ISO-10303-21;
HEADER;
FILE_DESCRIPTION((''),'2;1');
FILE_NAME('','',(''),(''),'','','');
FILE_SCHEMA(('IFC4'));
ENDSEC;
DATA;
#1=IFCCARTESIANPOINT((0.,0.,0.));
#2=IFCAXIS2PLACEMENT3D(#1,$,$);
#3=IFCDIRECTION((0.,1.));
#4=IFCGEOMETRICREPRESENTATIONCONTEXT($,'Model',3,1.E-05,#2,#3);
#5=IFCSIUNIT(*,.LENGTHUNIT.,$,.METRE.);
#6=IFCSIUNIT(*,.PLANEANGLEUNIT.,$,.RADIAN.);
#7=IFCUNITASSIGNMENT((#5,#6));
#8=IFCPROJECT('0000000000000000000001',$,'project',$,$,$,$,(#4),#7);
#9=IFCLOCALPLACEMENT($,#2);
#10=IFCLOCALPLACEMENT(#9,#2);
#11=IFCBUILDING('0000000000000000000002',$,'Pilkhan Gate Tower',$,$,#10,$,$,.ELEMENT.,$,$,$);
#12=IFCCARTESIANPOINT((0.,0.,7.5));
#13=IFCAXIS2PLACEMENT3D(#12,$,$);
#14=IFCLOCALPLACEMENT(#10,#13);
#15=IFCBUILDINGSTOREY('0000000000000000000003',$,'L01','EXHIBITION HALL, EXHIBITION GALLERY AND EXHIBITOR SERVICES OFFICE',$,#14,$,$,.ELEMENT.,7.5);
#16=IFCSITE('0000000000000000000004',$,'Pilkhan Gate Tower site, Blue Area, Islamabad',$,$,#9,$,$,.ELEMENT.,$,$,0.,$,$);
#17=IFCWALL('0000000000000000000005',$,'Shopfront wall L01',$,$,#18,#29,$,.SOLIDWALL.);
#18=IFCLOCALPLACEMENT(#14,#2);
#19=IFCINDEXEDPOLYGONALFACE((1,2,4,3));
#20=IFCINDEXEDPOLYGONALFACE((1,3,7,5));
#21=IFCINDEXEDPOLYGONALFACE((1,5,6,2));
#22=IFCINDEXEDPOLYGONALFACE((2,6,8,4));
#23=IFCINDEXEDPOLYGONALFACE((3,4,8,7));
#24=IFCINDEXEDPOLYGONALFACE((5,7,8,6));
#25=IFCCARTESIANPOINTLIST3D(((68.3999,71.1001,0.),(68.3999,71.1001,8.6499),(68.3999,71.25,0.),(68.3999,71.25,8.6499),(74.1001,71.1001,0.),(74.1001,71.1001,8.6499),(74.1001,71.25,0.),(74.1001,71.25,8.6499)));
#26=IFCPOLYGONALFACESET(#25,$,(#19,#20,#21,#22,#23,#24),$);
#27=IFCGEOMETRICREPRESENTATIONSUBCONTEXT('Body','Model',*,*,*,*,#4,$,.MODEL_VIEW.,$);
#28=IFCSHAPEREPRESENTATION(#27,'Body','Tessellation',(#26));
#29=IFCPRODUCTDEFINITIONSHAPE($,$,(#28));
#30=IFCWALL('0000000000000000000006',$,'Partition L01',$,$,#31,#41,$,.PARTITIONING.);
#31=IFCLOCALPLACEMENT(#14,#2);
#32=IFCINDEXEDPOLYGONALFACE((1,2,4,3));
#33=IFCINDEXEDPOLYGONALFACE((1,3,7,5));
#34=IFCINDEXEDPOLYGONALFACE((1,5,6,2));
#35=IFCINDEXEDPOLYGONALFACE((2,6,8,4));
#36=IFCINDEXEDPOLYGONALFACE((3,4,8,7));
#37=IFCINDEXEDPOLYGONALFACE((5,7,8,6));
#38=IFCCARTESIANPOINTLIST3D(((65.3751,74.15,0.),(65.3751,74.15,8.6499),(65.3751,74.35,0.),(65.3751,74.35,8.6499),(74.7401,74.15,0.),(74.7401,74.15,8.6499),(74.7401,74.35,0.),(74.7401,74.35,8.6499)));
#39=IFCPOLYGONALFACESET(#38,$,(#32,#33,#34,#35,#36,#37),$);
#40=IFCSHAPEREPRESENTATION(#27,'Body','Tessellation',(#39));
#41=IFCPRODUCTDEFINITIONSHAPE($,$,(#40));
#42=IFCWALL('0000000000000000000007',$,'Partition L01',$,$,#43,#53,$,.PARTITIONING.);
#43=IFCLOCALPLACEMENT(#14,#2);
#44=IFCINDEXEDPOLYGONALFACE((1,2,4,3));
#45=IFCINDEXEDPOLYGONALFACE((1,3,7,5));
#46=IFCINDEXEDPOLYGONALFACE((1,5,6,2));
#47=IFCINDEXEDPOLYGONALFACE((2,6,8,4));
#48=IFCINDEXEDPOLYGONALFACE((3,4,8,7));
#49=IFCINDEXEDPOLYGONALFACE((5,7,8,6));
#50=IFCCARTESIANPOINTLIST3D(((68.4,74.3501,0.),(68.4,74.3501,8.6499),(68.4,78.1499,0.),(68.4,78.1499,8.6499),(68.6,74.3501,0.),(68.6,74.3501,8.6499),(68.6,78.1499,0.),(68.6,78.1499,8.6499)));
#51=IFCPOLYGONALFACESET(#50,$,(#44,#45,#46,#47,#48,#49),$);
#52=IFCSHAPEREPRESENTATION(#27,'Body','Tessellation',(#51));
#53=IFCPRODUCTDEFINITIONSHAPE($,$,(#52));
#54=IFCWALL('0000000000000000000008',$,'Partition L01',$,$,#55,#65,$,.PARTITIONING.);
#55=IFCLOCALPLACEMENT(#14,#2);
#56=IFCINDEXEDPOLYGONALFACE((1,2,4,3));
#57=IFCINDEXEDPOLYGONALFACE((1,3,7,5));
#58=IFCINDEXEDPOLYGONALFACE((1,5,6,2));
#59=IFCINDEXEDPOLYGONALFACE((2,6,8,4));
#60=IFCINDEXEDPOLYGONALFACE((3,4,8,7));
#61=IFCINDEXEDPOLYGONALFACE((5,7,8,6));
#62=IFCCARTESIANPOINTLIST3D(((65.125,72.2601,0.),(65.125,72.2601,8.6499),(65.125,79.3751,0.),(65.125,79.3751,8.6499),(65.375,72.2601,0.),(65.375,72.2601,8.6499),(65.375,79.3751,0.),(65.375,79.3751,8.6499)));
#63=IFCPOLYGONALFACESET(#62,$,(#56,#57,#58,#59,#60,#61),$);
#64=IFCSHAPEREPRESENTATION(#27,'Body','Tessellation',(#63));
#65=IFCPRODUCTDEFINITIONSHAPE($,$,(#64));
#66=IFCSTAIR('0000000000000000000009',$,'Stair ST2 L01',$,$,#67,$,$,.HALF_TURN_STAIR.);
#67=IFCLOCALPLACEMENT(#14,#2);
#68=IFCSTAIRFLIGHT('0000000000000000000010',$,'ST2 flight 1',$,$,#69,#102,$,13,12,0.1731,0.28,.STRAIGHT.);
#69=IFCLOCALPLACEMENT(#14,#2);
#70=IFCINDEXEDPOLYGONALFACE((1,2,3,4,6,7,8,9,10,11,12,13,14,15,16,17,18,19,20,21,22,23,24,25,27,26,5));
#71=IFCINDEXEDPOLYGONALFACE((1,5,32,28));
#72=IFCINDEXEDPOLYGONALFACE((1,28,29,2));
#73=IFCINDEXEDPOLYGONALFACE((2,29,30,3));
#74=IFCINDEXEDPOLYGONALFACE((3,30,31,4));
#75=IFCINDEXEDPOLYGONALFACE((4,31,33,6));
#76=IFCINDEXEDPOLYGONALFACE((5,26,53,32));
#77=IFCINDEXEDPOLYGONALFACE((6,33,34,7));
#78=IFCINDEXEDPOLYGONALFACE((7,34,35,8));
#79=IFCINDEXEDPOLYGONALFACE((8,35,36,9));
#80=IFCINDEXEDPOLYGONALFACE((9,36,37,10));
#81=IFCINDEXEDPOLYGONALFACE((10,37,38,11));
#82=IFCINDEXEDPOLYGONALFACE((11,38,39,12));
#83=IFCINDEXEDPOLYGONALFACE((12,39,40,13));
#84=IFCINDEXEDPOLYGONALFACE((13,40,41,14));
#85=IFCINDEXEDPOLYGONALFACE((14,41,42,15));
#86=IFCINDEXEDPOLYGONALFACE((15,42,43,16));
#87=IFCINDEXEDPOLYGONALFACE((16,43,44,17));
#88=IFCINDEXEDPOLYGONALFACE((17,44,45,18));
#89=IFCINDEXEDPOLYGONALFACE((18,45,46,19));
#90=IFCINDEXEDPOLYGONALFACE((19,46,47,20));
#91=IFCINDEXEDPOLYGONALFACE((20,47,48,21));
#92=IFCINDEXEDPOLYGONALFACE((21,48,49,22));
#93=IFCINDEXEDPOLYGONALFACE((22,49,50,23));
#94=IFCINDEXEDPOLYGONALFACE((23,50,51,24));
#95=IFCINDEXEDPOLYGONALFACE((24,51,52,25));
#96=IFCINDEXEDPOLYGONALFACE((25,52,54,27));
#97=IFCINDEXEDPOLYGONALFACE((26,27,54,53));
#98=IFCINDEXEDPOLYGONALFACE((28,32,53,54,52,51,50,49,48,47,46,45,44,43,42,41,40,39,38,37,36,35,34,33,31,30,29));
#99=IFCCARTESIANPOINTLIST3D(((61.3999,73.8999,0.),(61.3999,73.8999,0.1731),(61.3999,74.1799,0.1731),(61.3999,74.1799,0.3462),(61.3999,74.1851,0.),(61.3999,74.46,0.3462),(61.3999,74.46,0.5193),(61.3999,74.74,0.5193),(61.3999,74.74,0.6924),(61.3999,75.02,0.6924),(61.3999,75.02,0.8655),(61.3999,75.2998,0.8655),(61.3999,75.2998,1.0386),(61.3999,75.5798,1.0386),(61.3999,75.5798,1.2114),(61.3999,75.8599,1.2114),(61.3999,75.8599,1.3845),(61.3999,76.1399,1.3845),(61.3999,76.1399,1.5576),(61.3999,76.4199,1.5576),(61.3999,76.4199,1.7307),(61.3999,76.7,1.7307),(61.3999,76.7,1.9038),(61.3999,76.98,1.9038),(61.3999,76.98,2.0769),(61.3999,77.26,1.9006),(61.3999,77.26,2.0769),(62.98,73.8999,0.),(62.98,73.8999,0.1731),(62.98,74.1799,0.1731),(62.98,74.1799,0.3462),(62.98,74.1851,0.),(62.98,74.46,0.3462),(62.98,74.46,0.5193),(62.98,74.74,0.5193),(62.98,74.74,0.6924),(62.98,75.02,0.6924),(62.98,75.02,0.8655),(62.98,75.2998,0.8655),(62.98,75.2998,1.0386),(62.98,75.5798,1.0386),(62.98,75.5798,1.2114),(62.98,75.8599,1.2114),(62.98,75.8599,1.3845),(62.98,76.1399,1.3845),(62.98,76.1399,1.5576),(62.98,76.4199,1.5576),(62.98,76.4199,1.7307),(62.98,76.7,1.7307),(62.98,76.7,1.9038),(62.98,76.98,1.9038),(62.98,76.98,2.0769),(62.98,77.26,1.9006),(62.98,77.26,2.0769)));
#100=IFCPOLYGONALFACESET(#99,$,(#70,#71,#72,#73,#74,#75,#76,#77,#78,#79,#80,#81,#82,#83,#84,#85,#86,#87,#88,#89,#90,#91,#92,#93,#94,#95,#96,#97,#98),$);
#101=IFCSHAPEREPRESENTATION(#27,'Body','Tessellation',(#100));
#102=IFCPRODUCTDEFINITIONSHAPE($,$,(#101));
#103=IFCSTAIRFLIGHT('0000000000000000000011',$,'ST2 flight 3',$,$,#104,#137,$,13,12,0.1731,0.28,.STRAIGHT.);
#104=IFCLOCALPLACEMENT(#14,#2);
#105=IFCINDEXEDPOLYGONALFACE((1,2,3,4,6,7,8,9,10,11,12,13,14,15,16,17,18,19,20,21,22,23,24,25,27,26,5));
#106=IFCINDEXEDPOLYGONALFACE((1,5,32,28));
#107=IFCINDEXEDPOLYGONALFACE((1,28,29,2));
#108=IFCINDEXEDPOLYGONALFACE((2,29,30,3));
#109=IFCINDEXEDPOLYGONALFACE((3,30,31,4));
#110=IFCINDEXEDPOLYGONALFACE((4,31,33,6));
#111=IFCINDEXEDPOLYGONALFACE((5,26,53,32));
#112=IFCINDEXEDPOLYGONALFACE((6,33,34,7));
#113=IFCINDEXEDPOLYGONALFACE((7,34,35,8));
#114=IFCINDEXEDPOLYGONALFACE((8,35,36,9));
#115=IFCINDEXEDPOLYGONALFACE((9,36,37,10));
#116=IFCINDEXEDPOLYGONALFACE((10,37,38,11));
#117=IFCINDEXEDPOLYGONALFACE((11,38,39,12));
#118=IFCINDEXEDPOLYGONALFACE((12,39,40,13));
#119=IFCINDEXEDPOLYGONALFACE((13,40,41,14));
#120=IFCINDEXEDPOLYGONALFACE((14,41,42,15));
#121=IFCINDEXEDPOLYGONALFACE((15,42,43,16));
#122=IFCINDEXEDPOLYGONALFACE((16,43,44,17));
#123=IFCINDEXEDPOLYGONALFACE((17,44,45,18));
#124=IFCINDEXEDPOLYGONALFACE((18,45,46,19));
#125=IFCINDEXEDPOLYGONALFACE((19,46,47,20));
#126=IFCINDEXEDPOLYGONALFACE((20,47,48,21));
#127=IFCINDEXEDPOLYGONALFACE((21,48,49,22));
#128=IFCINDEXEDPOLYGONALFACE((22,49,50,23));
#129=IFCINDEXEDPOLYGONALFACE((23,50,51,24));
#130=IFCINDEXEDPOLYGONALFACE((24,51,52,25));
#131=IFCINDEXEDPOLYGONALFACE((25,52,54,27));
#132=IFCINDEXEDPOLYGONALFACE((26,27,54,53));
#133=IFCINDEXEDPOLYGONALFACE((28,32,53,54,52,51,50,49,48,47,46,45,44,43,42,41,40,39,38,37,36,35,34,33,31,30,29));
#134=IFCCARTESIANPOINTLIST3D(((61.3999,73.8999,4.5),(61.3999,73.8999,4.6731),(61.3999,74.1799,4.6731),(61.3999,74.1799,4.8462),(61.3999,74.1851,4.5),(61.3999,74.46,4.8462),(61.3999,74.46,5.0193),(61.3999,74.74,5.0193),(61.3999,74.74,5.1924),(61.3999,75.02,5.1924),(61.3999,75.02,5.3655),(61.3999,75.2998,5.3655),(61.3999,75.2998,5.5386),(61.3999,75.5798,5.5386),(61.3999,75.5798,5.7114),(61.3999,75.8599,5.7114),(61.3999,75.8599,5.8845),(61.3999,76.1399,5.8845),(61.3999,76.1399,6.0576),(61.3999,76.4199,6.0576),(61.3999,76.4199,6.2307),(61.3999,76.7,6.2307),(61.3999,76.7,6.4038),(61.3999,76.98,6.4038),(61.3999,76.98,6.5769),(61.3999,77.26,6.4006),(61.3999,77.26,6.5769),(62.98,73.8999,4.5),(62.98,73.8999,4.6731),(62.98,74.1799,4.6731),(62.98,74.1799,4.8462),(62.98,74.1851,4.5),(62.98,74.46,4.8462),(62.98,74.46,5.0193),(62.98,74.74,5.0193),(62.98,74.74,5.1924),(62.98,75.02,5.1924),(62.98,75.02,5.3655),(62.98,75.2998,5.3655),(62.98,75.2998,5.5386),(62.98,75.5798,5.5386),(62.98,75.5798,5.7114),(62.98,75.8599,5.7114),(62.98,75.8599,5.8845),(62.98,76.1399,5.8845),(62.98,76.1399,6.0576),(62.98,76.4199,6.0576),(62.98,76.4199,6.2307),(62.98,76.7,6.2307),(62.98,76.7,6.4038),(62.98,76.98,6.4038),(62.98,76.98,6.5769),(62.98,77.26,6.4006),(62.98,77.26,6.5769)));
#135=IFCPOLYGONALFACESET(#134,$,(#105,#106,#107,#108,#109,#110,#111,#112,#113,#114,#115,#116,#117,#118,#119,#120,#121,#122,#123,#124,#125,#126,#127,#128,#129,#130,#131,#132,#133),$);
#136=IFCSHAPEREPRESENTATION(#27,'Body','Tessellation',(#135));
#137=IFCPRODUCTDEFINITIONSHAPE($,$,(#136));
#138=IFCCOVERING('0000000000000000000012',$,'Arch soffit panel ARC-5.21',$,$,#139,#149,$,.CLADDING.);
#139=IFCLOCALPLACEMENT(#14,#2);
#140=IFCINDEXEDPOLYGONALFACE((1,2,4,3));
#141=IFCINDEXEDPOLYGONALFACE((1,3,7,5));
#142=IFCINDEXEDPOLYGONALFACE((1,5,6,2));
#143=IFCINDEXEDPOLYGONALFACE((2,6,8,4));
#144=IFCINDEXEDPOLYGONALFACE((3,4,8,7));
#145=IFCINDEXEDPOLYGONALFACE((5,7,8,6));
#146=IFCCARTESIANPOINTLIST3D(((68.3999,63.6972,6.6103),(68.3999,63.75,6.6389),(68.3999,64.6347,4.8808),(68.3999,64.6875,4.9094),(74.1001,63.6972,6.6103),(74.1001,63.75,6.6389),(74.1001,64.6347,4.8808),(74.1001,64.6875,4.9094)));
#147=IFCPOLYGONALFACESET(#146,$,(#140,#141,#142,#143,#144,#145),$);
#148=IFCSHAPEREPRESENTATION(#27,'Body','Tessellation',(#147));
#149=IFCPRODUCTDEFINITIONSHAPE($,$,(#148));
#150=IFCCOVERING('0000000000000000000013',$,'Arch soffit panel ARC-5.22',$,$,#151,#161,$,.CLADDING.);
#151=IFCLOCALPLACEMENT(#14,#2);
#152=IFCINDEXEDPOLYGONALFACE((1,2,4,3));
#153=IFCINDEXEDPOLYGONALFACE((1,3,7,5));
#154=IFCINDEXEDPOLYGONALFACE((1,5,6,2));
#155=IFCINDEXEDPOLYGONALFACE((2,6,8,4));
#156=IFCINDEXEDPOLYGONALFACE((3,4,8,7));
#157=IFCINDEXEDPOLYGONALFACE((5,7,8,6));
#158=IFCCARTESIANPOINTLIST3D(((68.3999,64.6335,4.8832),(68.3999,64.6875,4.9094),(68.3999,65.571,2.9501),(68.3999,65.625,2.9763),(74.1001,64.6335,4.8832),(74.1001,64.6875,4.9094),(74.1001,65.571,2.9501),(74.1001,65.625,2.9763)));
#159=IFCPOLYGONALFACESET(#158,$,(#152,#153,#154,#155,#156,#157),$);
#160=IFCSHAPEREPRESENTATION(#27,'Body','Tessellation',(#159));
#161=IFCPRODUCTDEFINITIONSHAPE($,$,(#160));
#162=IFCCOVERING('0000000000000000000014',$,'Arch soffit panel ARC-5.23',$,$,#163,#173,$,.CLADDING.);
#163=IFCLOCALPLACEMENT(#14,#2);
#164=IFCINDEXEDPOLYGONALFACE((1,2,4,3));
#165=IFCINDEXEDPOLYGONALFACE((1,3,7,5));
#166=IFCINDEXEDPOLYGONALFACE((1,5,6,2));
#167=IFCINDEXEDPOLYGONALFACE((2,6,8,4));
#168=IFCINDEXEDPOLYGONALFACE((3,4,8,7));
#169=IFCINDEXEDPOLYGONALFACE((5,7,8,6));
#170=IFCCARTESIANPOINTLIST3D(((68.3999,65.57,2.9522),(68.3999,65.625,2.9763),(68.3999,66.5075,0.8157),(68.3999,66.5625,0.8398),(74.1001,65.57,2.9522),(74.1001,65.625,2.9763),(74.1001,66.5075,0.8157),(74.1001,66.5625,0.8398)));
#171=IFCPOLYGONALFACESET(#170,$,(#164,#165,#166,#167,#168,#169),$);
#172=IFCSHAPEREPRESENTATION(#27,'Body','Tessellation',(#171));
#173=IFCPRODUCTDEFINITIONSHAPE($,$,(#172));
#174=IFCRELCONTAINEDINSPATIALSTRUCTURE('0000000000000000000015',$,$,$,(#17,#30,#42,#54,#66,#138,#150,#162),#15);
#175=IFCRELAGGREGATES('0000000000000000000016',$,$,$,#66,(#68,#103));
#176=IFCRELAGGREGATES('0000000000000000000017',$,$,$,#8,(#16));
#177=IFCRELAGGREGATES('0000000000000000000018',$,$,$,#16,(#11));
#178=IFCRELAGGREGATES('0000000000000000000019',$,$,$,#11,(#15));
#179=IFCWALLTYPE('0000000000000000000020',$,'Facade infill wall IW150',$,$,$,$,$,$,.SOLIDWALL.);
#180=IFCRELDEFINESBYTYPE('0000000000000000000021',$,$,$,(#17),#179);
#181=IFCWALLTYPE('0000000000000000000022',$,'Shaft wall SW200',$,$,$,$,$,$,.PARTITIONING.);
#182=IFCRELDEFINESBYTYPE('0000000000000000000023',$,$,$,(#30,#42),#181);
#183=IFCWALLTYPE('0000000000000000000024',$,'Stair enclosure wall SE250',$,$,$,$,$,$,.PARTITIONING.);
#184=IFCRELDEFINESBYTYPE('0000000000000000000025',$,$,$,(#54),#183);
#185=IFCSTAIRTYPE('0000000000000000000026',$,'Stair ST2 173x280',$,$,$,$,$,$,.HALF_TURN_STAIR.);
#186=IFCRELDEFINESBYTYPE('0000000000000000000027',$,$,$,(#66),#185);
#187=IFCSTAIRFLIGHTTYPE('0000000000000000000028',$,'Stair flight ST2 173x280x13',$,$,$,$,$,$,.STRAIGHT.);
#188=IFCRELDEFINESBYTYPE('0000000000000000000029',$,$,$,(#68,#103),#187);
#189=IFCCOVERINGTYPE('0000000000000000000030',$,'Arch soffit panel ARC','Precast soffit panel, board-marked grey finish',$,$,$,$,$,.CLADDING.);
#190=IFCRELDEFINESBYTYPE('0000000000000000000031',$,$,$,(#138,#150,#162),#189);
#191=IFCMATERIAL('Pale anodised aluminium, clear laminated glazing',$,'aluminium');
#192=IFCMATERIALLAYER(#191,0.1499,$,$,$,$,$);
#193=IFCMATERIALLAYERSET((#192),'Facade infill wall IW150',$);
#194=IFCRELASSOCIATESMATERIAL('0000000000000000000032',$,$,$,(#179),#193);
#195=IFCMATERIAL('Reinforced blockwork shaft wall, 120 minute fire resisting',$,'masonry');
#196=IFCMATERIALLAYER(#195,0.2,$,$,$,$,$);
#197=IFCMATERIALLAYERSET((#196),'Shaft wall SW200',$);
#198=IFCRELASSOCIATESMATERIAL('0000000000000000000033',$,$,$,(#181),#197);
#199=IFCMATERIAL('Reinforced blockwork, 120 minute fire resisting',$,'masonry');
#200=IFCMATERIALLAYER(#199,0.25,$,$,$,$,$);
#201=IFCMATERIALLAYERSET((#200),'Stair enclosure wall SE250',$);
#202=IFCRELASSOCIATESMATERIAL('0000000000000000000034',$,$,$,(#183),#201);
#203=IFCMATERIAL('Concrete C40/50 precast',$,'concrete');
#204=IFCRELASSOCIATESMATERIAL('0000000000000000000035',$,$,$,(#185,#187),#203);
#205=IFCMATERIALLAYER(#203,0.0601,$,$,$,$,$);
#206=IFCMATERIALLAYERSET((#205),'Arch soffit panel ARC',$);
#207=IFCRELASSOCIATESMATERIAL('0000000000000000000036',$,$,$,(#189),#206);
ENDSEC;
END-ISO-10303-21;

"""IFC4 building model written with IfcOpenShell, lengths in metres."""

from ifc_helpers import new_model, si_unit, direction, frame, frame_2d, origin, place, context, subcontext, project, spatial, polyline, rectangle, outline, extrude, material, layer, layer_set, type_object, element, aggregate, save


model = new_model("IFC4")

# Units and contexts
model_context = context("Model", 3, precision=1e-05, world=origin(), true_north=direction((0.0, 1.0)))
body_context = subcontext(model_context, "Body", "Model", "MODEL_VIEW")
ifc_project = project(units=[si_unit("LENGTHUNIT", "METRE"), si_unit("PLANEANGLEUNIT", "RADIAN")], contexts=[model_context])

# Site, building, storey
site_placement = place(None, origin())
site = spatial("IfcSite", under=ifc_project, at=site_placement, Name="Pilkhan Gate Tower site, Blue Area, Islamabad", CompositionType="ELEMENT", RefElevation=0.0)
building_placement = place(site_placement, origin())
building = spatial("IfcBuilding", under=site, at=building_placement, Name="Pilkhan Gate Tower", CompositionType="ELEMENT")
storey_placement = place(building_placement, frame((0.0, 0.0, 7.5)))
storey = spatial("IfcBuildingStorey", under=building, at=storey_placement, Name="L01", Description="EXHIBITION HALL, EXHIBITION GALLERY AND EXHIBITOR SERVICES OFFICE", CompositionType="ELEMENT", Elevation=7.5)

# Walls
ifc_material_1 = material(Name="Pale anodised aluminium, clear laminated glazing", Category="aluminium")
ifc_layer_1 = layer(ifc_material_1, 0.1499)
ifc_layer_set_1 = layer_set([ifc_layer_1], Name="Facade infill wall IW150")
wall_type_1 = type_object("IfcWallType", Name="Facade infill wall IW150", PredefinedType="SOLIDWALL", material=ifc_layer_set_1)
wall_1_placement = place(storey_placement, frame((68.3999, 71.175, 0.0), z_axis=(0.0, 0.0, 1.0), x_axis=(1.0, 0.0, 0.0)))
element("IfcWall", 1, at=wall_1_placement, inside=storey, type_object=wall_type_1, Name="Shopfront wall L01", PredefinedType="SOLIDWALL", context=body_context, shape_type="SweptSolid", body=[
    extrude(rectangle(XDim=5.7002, YDim=0.1499, at=frame_2d((2.8501, 0.0))), origin(), (0.0, 0.0, 1.0), 8.6499),
])
ifc_material_2 = material(Name="Reinforced blockwork shaft wall, 120 minute fire resisting", Category="masonry")
ifc_layer_2 = layer(ifc_material_2, 0.2)
ifc_layer_set_2 = layer_set([ifc_layer_2], Name="Shaft wall SW200")
wall_type_2 = type_object("IfcWallType", Name="Shaft wall SW200", PredefinedType="PARTITIONING", material=ifc_layer_set_2)
wall_2_placement = place(storey_placement, frame((65.375, 74.25, 0.0), z_axis=(0.0, 0.0, 1.0), x_axis=(1.0, 0.0, 0.0)))
element("IfcWall", 2, at=wall_2_placement, inside=storey, type_object=wall_type_2, Name="Partition L01", PredefinedType="PARTITIONING", context=body_context, shape_type="SweptSolid", body=[
    extrude(rectangle(XDim=9.365, YDim=0.2, at=frame_2d((4.6826, 0.0))), origin(), (0.0, 0.0, 1.0), 8.6499),
])
wall_3_placement = place(storey_placement, frame((68.5, 74.3501, 0.0), z_axis=(0.0, 0.0, 1.0), x_axis=(0.0, 1.0, 0.0)))
element("IfcWall", 3, at=wall_3_placement, inside=storey, type_object=wall_type_2, Name="Partition L01", PredefinedType="PARTITIONING", context=body_context, shape_type="SweptSolid", body=[
    extrude(rectangle(XDim=3.7998, YDim=0.2, at=frame_2d((1.8999, 0.0))), origin(), (0.0, 0.0, 1.0), 8.6499),
])
ifc_material_3 = material(Name="Reinforced blockwork, 120 minute fire resisting", Category="masonry")
ifc_layer_3 = layer(ifc_material_3, 0.25)
ifc_layer_set_3 = layer_set([ifc_layer_3], Name="Stair enclosure wall SE250")
wall_type_3 = type_object("IfcWallType", Name="Stair enclosure wall SE250", PredefinedType="PARTITIONING", material=ifc_layer_set_3)
wall_4_placement = place(storey_placement, frame((65.25, 72.26, 0.0), z_axis=(0.0, 0.0, 1.0), x_axis=(0.0, 1.0, 0.0)))
element("IfcWall", 4, at=wall_4_placement, inside=storey, type_object=wall_type_3, Name="Partition L01", PredefinedType="PARTITIONING", context=body_context, shape_type="SweptSolid", body=[
    extrude(rectangle(XDim=7.115, YDim=0.25, at=frame_2d((3.5576, 0.0))), origin(), (0.0, 0.0, 1.0), 8.6499),
])

# Stair, stair flights
ifc_material_4 = material(Name="Concrete C40/50 precast", Category="concrete")
stair_type = type_object("IfcStairType", Name="Stair ST2 173x280", PredefinedType="HALF_TURN_STAIR", material=ifc_material_4)
stair_placement = place(storey_placement, origin())
stair = element("IfcStair", 5, at=stair_placement, inside=storey, type_object=stair_type, Name="Stair ST2 L01", PredefinedType="HALF_TURN_STAIR")
stair_flight_type = type_object("IfcStairFlightType", Name="Stair flight ST2 173x280x13", PredefinedType="STRAIGHT", material=ifc_material_4)
stair_flight_1_placement = place(storey_placement, frame((62.1899, 73.8999, 0.0), z_axis=(0.0, 0.0, 1.0), x_axis=(0.0, 1.0, 0.0)))
stair_flight_1 = element("IfcStairFlight", 6, at=stair_flight_1_placement, type_object=stair_flight_type, Name="ST2 flight 1", NumberOfRisers=13, NumberOfTreads=12, PredefinedType="STRAIGHT", RiserHeight=0.1731, TreadLength=0.28, context=body_context, shape_type="SweptSolid", body=[
    extrude(outline(polyline([(0.0, 0.0), (0.0, 0.1731), (0.28, 0.1731), (0.28, 0.3462), (0.5601, 0.3462), (0.5601, 0.5193), (0.8401, 0.5193), (0.8401, 0.6924), (1.1201, 0.6924), (1.1201, 0.8655), (1.3999, 0.8655), (1.3999, 1.0386), (1.6799, 1.0386), (1.6799, 1.2114), (1.96, 1.2114), (1.96, 1.3845), (2.24, 1.3845), (2.24, 1.5576), (2.52, 1.5576), (2.52, 1.7307), (2.8, 1.7307), (2.8, 1.9038), (3.0801, 1.9038), (3.0801, 2.0769), (3.3601, 2.0769), (3.3601, 2.25), (3.3601, 1.9006), (0.2852, 0.0), (0.0, 0.0)])), frame((0.0, 0.79, 0.0), z_axis=(0.0, -1.0, 0.0), x_axis=(1.0, 0.0, 0.0)), (0.0, 0.0, 1.0), 1.5801),
])
stair_flight_2_placement = place(storey_placement, frame((62.1899, 73.8999, 4.5), z_axis=(0.0, 0.0, 1.0), x_axis=(0.0, 1.0, 0.0)))
stair_flight_2 = element("IfcStairFlight", 7, at=stair_flight_2_placement, type_object=stair_flight_type, Name="ST2 flight 3", NumberOfRisers=13, NumberOfTreads=12, PredefinedType="STRAIGHT", RiserHeight=0.1731, TreadLength=0.28, context=body_context, shape_type="SweptSolid", body=[
    extrude(outline(polyline([(0.0, 0.0), (0.0, 0.1731), (0.28, 0.1731), (0.28, 0.3462), (0.5601, 0.3462), (0.5601, 0.5193), (0.8401, 0.5193), (0.8401, 0.6924), (1.1201, 0.6924), (1.1201, 0.8655), (1.3999, 0.8655), (1.3999, 1.0386), (1.6799, 1.0386), (1.6799, 1.2114), (1.96, 1.2114), (1.96, 1.3845), (2.24, 1.3845), (2.24, 1.5576), (2.52, 1.5576), (2.52, 1.7307), (2.8, 1.7307), (2.8, 1.9038), (3.0801, 1.9038), (3.0801, 2.0769), (3.3601, 2.0769), (3.3601, 2.25), (3.3601, 1.9006), (0.2852, 0.0), (0.0, 0.0)])), frame((0.0, 0.79, 0.0), z_axis=(0.0, -1.0, 0.0), x_axis=(1.0, 0.0, 0.0)), (0.0, 0.0, 1.0), 1.5801),
])
aggregate(stair, [stair_flight_1, stair_flight_2])

# Coverings
ifc_layer_4 = layer(ifc_material_4, 0.0601)
ifc_layer_set_4 = layer_set([ifc_layer_4], Name="Arch soffit panel ARC")
covering_type = type_object("IfcCoveringType", Name="Arch soffit panel ARC", Description="Precast soffit panel, board-marked grey finish", PredefinedType="CLADDING", material=ifc_layer_set_4)
covering_1_placement = place(storey_placement, frame((68.3999, 63.75, 6.6389), z_axis=(0.0, 0.879145, 0.476555), x_axis=(1.0, 0.0, 0.0)))
element("IfcCovering", 8, at=covering_1_placement, inside=storey, type_object=covering_type, Name="Arch soffit panel ARC-5.21", PredefinedType="CLADDING", context=body_context, shape_type="SweptSolid", body=[
    extrude(outline(polyline([(0.0, 0.0), (5.7002, 0.0), (5.7002, 1.9672), (0.0, 1.9672), (0.0, 0.0)])), origin(), (0.0, 0.0, -1.0), 0.0601),
])
covering_2_placement = place(storey_placement, frame((68.3999, 64.6875, 4.9094), z_axis=(0.0, 0.899771, 0.436363), x_axis=(1.0, 0.0, 0.0)))
element("IfcCovering", 9, at=covering_2_placement, inside=storey, type_object=covering_type, Name="Arch soffit panel ARC-5.22", PredefinedType="CLADDING", context=body_context, shape_type="SweptSolid", body=[
    extrude(outline(polyline([(0.0, 0.0), (5.7002, 0.0), (5.7002, 2.1484), (0.0, 2.1484), (0.0, 0.0)])), origin(), (0.0, 0.0, -1.0), 0.0601),
])
covering_3_placement = place(storey_placement, frame((68.3999, 65.625, 2.9763), z_axis=(0.0, 0.915717, 0.401823), x_axis=(1.0, 0.0, 0.0)))
element("IfcCovering", 10, at=covering_3_placement, inside=storey, type_object=covering_type, Name="Arch soffit panel ARC-5.23", PredefinedType="CLADDING", context=body_context, shape_type="SweptSolid", body=[
    extrude(outline(polyline([(0.0, 0.0), (5.7002, 0.0), (5.7002, 2.3331), (0.0, 2.3331), (0.0, 0.0)])), origin(), (0.0, 0.0, -1.0), 0.0601),
])

save(model, "model.ifc")
